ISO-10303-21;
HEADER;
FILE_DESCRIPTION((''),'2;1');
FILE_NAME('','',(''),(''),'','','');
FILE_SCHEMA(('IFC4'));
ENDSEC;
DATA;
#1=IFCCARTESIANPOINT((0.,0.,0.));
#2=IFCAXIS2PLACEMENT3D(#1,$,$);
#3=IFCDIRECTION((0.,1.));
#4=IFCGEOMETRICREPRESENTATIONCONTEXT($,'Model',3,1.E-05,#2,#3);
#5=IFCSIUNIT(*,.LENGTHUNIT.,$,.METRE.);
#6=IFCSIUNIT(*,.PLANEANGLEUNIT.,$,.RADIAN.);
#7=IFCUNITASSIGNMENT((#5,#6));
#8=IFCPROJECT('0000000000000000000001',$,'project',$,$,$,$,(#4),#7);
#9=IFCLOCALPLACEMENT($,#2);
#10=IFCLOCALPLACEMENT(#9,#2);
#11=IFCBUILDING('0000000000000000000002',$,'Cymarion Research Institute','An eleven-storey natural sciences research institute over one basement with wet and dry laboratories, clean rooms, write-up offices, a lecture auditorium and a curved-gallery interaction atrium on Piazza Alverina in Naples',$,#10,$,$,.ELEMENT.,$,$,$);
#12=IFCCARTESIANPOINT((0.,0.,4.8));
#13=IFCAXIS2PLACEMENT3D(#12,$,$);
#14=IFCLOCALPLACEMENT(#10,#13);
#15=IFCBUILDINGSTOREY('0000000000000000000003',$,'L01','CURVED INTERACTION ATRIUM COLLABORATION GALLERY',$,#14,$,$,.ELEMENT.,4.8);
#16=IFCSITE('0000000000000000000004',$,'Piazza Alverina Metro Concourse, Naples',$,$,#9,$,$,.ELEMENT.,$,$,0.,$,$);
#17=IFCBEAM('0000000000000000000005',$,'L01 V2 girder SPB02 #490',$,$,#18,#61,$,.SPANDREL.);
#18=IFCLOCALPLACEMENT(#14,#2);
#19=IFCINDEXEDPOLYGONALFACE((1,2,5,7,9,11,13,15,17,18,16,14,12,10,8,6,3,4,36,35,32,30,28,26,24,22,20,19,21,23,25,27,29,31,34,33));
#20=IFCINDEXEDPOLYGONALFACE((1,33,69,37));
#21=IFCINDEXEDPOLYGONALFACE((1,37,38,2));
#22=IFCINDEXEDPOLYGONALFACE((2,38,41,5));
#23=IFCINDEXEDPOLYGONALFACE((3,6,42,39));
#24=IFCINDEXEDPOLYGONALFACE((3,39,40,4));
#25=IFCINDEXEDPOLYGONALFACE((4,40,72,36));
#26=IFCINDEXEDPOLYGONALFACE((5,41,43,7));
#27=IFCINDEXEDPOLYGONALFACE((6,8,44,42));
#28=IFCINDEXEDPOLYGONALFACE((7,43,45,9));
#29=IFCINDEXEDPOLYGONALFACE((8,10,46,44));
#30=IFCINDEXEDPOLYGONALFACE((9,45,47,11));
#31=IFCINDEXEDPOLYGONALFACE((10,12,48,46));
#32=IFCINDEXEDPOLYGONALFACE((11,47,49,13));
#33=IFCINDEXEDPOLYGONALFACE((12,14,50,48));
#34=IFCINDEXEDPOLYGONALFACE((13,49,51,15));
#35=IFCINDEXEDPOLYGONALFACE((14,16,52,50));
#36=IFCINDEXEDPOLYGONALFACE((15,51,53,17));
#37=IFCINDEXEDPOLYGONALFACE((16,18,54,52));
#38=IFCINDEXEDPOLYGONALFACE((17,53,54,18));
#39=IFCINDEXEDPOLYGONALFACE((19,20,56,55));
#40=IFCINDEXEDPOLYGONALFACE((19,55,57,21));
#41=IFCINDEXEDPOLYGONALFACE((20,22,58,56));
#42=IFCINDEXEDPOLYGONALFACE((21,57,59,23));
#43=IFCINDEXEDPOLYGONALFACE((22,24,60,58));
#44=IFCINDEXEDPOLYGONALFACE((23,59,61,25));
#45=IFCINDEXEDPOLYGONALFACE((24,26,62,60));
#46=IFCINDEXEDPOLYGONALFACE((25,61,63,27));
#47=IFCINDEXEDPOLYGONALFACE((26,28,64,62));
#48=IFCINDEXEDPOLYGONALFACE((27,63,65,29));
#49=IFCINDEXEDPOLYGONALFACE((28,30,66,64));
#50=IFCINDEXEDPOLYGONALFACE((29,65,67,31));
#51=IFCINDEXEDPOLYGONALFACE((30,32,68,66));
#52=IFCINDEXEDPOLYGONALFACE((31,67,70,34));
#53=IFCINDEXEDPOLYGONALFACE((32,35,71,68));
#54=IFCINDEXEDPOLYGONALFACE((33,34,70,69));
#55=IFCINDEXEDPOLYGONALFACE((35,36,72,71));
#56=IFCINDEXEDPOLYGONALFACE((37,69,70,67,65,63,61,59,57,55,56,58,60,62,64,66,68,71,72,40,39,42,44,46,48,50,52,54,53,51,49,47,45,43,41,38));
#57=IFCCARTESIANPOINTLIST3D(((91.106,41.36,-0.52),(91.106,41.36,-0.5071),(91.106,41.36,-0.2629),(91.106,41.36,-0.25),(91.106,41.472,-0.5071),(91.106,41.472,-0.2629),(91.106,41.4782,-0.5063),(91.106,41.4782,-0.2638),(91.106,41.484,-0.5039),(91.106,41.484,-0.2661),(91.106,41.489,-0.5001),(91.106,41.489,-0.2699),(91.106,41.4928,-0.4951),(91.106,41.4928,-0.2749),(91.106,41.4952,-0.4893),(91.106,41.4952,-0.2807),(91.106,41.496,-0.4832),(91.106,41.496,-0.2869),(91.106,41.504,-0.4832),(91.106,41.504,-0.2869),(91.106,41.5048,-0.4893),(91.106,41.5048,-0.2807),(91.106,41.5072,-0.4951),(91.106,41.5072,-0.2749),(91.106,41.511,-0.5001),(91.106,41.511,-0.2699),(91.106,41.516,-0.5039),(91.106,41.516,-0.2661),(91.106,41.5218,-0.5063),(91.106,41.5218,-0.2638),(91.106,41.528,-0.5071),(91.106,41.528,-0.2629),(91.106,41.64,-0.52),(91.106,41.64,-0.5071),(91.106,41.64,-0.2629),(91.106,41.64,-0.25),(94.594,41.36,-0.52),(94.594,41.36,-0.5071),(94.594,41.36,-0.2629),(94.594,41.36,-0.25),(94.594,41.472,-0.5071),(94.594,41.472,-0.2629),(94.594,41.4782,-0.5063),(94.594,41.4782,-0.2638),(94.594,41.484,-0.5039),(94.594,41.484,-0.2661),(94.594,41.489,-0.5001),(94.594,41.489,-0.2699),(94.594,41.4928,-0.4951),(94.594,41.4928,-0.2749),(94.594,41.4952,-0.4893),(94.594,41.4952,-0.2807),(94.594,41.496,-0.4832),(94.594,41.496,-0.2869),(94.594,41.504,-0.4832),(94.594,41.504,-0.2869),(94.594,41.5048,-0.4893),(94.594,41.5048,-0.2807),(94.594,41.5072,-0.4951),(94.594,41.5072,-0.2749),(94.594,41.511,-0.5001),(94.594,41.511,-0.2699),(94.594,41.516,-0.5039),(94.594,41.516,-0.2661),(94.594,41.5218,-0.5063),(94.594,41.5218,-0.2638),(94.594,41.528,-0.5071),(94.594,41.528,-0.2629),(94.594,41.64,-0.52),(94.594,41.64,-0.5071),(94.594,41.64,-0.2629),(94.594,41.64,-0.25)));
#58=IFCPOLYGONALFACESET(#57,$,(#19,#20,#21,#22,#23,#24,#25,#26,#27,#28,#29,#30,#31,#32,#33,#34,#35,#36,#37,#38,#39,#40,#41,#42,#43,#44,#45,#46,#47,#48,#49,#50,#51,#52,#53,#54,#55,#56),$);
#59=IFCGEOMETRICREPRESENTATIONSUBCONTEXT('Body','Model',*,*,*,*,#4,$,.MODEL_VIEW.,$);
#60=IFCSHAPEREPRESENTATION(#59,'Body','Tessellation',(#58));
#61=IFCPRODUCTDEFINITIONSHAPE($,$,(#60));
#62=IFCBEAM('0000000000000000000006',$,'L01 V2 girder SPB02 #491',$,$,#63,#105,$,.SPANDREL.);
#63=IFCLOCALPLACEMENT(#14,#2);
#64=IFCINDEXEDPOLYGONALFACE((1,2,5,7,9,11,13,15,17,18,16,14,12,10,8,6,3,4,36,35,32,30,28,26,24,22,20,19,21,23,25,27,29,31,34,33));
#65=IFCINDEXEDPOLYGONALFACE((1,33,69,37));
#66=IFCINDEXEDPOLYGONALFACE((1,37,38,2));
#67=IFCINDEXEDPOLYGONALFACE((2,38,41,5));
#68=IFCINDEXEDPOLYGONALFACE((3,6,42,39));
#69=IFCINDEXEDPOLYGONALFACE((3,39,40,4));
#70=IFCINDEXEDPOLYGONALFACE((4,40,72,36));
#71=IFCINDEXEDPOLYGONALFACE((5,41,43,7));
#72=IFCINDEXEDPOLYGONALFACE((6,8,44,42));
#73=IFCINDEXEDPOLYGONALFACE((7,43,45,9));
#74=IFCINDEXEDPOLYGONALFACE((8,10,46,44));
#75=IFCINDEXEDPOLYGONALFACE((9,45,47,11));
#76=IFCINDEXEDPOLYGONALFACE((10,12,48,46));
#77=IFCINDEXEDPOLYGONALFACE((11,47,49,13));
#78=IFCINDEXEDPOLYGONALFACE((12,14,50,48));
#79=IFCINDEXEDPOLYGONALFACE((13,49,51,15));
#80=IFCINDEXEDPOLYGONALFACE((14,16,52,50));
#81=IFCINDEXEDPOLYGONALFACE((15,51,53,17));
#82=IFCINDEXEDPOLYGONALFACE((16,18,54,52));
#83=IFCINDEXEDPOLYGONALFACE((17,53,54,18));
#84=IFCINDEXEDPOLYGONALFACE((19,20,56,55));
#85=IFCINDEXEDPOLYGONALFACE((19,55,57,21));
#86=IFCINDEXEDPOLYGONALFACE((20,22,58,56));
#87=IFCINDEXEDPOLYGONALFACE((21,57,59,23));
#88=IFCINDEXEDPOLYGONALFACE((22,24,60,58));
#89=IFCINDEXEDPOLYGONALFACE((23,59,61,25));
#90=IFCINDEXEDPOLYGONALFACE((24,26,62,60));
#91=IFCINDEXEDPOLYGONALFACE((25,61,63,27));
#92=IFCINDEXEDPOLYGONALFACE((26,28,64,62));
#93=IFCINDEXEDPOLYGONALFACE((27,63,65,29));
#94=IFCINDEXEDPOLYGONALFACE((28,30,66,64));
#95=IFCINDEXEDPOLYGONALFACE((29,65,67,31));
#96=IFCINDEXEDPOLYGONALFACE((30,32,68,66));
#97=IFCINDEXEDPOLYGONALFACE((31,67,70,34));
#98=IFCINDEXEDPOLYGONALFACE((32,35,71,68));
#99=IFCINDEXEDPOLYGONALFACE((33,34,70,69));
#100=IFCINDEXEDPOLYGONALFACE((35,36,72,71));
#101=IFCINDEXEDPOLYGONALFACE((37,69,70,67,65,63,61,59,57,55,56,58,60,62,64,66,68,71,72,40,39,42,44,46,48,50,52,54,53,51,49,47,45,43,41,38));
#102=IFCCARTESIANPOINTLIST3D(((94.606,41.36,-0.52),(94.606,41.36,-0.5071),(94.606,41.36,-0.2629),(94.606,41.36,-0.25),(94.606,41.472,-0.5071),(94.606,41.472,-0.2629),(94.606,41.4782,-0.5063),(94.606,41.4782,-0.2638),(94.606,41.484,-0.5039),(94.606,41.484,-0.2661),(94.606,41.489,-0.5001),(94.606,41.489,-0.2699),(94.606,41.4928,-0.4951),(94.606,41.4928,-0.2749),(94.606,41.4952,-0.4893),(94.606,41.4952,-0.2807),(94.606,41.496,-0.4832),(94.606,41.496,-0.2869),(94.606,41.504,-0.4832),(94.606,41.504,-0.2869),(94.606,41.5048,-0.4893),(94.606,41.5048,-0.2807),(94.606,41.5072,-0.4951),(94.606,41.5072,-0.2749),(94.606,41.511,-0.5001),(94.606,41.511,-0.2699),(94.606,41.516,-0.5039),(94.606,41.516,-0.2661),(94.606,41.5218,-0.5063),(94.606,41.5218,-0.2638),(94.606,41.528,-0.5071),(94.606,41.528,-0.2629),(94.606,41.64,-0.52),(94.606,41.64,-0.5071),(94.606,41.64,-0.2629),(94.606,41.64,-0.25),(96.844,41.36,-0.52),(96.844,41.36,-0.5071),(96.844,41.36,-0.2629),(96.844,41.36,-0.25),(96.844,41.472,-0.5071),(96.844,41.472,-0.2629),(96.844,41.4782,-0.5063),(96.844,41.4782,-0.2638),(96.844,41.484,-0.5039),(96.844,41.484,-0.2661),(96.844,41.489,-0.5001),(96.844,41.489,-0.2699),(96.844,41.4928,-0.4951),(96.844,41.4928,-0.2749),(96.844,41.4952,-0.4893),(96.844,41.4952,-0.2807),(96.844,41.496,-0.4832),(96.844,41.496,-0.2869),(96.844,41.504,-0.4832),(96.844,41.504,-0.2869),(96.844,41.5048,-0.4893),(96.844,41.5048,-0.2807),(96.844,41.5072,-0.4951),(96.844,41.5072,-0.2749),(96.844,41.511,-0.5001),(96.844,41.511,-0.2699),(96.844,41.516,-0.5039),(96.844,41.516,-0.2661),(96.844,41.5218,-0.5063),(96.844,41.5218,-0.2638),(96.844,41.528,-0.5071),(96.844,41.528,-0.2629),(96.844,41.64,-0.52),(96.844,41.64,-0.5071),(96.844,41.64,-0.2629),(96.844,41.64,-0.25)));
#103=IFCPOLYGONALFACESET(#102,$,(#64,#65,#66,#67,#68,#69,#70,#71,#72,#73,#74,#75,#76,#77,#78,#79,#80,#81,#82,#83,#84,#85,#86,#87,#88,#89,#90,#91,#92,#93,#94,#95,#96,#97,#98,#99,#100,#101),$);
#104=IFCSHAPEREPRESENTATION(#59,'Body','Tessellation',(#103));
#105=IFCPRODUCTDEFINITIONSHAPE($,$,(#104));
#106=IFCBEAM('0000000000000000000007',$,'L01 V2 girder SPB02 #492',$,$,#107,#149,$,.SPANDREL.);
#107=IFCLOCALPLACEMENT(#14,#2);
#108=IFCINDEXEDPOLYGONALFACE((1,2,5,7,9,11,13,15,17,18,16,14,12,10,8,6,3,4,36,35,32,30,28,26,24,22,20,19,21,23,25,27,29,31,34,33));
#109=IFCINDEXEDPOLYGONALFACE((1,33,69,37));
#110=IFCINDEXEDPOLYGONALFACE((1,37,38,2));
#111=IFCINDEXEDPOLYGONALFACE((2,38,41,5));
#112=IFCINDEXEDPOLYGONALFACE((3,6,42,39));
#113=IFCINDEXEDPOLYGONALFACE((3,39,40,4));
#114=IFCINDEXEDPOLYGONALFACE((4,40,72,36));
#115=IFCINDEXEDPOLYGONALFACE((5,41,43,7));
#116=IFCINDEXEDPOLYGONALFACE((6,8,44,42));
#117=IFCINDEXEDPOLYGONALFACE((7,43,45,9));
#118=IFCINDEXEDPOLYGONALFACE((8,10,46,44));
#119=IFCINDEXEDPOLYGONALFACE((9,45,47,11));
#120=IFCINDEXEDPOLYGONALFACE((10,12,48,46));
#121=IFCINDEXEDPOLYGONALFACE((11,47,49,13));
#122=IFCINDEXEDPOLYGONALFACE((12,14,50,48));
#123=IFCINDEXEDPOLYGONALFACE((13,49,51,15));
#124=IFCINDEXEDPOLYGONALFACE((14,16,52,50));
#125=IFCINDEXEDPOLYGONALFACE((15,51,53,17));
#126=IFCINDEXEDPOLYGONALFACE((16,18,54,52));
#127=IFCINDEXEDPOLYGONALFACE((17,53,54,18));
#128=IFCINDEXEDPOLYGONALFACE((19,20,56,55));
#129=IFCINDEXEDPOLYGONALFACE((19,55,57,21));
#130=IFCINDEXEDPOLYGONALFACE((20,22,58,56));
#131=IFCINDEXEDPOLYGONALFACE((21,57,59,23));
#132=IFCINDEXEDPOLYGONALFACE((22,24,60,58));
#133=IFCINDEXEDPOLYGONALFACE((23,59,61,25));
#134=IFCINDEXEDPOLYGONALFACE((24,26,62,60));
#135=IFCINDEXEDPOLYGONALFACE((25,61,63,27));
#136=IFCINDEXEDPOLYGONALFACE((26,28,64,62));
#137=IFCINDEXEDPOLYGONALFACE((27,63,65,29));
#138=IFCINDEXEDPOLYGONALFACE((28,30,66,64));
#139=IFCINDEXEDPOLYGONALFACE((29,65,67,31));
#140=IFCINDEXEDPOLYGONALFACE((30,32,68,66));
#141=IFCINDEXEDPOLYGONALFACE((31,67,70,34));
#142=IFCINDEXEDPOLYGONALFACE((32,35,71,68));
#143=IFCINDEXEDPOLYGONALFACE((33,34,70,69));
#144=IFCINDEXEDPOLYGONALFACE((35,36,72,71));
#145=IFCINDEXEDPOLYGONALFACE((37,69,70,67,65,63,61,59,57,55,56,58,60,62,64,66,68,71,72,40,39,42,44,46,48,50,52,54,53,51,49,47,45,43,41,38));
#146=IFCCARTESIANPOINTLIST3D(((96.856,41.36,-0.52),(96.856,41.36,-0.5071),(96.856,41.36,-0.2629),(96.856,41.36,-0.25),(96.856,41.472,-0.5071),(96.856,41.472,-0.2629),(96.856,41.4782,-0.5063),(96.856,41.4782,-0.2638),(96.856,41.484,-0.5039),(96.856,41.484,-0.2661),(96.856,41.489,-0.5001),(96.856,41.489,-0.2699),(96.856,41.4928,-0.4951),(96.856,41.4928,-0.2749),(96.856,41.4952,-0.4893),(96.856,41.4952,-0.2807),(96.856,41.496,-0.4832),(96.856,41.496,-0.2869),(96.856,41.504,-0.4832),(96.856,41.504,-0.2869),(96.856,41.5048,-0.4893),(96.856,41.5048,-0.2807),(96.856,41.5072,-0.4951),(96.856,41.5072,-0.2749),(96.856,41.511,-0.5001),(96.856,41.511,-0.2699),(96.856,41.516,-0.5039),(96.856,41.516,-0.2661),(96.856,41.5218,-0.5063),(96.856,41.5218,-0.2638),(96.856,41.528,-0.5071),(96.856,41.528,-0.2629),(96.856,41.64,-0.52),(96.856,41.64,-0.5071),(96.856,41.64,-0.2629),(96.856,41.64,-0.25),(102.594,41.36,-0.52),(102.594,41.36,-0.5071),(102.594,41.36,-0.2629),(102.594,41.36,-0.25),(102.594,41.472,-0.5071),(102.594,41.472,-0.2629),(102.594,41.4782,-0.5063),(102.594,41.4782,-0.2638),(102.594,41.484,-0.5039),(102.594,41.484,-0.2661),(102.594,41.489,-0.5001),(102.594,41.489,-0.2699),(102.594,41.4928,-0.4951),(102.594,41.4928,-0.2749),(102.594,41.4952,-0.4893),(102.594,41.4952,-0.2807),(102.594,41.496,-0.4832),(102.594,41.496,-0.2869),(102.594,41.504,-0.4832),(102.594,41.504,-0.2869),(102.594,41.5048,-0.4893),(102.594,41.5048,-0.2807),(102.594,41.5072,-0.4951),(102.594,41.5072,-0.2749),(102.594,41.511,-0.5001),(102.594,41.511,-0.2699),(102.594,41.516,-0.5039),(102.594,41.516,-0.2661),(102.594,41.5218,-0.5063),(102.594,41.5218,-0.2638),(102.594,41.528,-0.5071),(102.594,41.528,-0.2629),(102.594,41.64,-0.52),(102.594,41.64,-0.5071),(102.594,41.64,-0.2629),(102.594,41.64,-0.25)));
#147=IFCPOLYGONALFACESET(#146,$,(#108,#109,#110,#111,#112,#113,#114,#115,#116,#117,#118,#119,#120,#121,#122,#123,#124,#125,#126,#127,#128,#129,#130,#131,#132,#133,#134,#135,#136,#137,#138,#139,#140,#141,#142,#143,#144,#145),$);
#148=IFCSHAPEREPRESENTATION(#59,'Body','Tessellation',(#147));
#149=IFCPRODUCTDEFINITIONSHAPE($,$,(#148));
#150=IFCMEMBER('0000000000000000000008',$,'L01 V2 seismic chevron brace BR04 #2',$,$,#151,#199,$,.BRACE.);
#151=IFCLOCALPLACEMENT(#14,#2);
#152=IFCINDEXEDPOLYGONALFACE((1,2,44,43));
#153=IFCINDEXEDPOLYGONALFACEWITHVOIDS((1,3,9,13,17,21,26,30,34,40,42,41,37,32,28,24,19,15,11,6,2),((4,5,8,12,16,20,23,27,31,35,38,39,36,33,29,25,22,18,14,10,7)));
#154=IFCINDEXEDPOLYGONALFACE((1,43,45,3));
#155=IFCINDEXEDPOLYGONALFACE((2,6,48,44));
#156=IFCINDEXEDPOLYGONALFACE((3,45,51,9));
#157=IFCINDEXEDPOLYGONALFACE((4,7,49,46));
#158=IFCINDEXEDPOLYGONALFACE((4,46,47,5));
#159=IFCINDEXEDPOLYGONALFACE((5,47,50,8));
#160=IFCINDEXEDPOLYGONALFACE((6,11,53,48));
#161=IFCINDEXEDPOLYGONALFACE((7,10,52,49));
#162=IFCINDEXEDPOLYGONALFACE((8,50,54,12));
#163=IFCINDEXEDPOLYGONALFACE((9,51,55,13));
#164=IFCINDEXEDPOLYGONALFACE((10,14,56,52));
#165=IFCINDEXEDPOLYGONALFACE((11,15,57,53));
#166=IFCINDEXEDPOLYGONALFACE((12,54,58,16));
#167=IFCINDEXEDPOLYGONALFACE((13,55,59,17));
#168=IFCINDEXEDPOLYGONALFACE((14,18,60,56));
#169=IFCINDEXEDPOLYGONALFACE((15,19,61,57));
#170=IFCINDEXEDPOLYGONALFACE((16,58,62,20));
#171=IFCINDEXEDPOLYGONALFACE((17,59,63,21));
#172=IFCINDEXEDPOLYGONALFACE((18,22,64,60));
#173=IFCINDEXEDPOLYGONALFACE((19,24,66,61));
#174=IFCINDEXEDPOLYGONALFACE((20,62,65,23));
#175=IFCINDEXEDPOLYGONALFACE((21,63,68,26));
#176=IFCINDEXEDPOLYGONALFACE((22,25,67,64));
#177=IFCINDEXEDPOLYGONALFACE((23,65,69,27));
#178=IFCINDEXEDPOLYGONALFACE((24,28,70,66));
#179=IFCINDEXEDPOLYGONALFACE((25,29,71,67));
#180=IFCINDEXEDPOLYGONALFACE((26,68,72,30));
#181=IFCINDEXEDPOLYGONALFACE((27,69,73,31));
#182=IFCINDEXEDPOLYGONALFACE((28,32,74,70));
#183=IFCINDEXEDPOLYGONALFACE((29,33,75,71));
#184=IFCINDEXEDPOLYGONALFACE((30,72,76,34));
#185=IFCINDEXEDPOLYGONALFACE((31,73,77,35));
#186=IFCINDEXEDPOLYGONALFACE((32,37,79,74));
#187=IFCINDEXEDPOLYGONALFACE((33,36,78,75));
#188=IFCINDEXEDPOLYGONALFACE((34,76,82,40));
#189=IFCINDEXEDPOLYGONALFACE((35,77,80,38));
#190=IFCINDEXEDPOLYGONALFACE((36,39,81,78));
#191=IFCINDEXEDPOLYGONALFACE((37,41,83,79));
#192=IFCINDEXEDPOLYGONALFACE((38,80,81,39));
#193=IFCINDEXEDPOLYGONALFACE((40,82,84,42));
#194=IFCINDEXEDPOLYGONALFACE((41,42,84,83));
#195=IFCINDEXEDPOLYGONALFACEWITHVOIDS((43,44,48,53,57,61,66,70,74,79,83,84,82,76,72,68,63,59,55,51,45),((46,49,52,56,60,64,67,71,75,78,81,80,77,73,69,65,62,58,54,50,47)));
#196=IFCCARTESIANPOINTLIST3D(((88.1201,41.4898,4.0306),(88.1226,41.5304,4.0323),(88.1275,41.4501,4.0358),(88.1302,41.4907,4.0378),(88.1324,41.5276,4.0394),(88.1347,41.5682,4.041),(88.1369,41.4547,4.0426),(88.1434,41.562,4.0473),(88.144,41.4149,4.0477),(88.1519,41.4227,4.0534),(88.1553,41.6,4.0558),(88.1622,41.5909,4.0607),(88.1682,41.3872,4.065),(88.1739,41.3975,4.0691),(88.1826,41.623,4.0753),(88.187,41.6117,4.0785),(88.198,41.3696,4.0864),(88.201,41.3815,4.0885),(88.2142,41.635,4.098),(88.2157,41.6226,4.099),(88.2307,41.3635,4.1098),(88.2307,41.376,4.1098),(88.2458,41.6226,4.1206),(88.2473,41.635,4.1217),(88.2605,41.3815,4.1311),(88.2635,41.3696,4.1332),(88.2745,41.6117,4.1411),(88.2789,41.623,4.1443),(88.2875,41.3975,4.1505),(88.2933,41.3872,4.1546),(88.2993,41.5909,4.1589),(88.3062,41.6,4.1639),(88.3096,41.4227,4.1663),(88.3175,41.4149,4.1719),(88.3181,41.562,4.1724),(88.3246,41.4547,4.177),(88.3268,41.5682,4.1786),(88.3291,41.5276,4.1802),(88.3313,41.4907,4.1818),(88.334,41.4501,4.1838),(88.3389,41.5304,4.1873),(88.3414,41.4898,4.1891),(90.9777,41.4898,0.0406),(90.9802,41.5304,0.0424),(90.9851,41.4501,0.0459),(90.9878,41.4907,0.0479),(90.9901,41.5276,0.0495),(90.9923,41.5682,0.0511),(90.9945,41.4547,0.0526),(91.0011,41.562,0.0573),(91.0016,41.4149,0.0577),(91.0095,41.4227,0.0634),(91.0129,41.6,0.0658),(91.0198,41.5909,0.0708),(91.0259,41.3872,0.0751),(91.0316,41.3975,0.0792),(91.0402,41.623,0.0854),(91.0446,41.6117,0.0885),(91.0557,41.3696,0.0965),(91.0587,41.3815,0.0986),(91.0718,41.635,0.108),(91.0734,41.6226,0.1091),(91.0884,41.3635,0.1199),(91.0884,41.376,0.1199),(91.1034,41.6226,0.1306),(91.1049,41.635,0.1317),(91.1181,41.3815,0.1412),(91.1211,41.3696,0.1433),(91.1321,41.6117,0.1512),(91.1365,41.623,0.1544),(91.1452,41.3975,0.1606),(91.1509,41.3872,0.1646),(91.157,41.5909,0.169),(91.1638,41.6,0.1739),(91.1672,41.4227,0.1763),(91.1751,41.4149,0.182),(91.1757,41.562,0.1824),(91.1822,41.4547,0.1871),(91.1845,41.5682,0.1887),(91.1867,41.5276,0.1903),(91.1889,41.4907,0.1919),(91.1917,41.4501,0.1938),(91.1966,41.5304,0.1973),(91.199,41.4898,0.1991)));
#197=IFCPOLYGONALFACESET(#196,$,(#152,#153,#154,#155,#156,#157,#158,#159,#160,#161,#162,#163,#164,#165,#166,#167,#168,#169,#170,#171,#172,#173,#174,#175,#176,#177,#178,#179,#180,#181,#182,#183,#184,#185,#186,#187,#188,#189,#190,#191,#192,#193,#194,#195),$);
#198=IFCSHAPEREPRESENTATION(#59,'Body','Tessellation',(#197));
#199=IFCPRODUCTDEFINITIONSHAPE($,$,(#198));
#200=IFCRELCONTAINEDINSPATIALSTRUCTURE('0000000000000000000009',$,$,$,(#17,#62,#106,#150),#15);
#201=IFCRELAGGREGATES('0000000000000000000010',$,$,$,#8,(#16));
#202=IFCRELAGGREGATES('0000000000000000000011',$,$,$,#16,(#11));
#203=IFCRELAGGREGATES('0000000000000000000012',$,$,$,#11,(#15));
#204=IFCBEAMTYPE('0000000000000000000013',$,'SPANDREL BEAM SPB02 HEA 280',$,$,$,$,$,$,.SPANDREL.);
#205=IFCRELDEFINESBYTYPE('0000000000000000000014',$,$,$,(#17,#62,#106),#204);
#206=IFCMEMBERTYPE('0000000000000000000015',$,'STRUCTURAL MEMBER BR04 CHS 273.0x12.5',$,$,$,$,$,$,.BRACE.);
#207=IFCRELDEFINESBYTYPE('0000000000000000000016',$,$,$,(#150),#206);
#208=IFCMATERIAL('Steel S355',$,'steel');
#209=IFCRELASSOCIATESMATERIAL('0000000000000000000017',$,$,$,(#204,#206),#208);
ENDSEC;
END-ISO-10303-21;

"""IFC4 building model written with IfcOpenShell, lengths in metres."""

from ifc_helpers import new_model, si_unit, direction, frame, origin, origin_2d, place, context, subcontext, project, spatial, hollow_circle, i_section, extrude, material, material_profile, profile_set, type_object, element, save


model = new_model("IFC4")

# Units and contexts
model_context = context("Model", 3, precision=1e-05, world=origin(), true_north=direction((0.0, 1.0)))
body_context = subcontext(model_context, "Body", "Model", "MODEL_VIEW")
ifc_project = project(units=[si_unit("LENGTHUNIT", "METRE"), si_unit("PLANEANGLEUNIT", "RADIAN")], contexts=[model_context])

# Site, building, storey
site_placement = place(None, origin())
site = spatial("IfcSite", under=ifc_project, at=site_placement, Name="Piazza Alverina Metro Concourse, Naples", CompositionType="ELEMENT", RefElevation=0.0)
building_placement = place(site_placement, origin())
building = spatial("IfcBuilding", under=site, at=building_placement, Name="Cymarion Research Institute", Description="An eleven-storey natural sciences research institute over one basement with wet and dry laboratories, clean rooms, write-up offices, a lecture auditorium and a curved-gallery interaction atrium on Piazza Alverina in Naples", CompositionType="ELEMENT")
storey_placement = place(building_placement, frame((0.0, 0.0, 4.8)))
storey = spatial("IfcBuildingStorey", under=building, at=storey_placement, Name="L01", Description="CURVED INTERACTION ATRIUM COLLABORATION GALLERY", CompositionType="ELEMENT", Elevation=4.8)

# Shared definitions
ifc_material_1 = material(Name="Steel S355", Category="steel")

# Beams
ifc_material_profile_1 = material_profile(ifc_material_1, i_section(OverallWidth=0.28, OverallDepth=0.27, WebThickness=0.0081, FlangeThickness=0.0129, FilletRadius=0.0239, at=origin_2d()), Name="HEA 280")
ifc_profile_set_1 = profile_set([ifc_material_profile_1], Name="Steel S355")
beam_type = type_object("IfcBeamType", Name="SPANDREL BEAM SPB02 HEA 280", PredefinedType="SPANDREL", material=ifc_profile_set_1)
beam_1_placement = place(storey_placement, frame((91.106, 41.5, -0.385), z_axis=(1.0, 0.0, 0.0), x_axis=(0.0, 1.0, 0.0)))
element("IfcBeam", 1, at=beam_1_placement, inside=storey, type_object=beam_type, Name="L01 V2 girder SPB02 #490", PredefinedType="SPANDREL", context=body_context, shape_type="SweptSolid", body=[
    extrude(i_section(OverallWidth=0.28, OverallDepth=0.27, WebThickness=0.0081, FlangeThickness=0.0129, FilletRadius=0.0239, at=origin_2d()), origin(), (0.0, 0.0, 1.0), 3.488),
])
beam_2_placement = place(storey_placement, frame((94.606, 41.5, -0.385), z_axis=(1.0, 0.0, 0.0), x_axis=(0.0, 1.0, 0.0)))
element("IfcBeam", 2, at=beam_2_placement, inside=storey, type_object=beam_type, Name="L01 V2 girder SPB02 #491", PredefinedType="SPANDREL", context=body_context, shape_type="SweptSolid", body=[
    extrude(i_section(OverallWidth=0.28, OverallDepth=0.27, WebThickness=0.0081, FlangeThickness=0.0129, FilletRadius=0.0239, at=origin_2d()), origin(), (0.0, 0.0, 1.0), 2.238),
])
beam_3_placement = place(storey_placement, frame((96.856, 41.5, -0.385), z_axis=(1.0, 0.0, 0.0), x_axis=(0.0, 1.0, 0.0)))
element("IfcBeam", 3, at=beam_3_placement, inside=storey, type_object=beam_type, Name="L01 V2 girder SPB02 #492", PredefinedType="SPANDREL", context=body_context, shape_type="SweptSolid", body=[
    extrude(i_section(OverallWidth=0.28, OverallDepth=0.27, WebThickness=0.0081, FlangeThickness=0.0129, FilletRadius=0.0239, at=origin_2d()), origin(), (0.0, 0.0, 1.0), 5.738),
])

# Member
ifc_material_profile_2 = material_profile(ifc_material_1, hollow_circle(Radius=0.1365, WallThickness=0.0125, at=origin_2d()), Name="CHS 273.0x12.5")
ifc_profile_set_2 = profile_set([ifc_material_profile_2], Name="Steel S355")
member_type_1 = type_object("IfcMemberType", Name="STRUCTURAL MEMBER BR04 CHS 273.0x12.5", PredefinedType="BRACE", material=ifc_profile_set_2)
member_1_placement = place(storey_placement, frame((91.0884, 41.5, 0.1199), z_axis=(-0.582273, 0.0, 0.812993), x_axis=(0.0, -1.0, 0.0)))
element("IfcMember", 4, at=member_1_placement, inside=storey, type_object=member_type_1, Name="L01 V2 seismic chevron brace BR04 #2", PredefinedType="BRACE", context=body_context, shape_type="SweptSolid", body=[
    extrude(hollow_circle(Radius=0.1365, WallThickness=0.0125, at=origin_2d()), origin(), (0.0, 0.0, 1.0), 4.9077),
])

save(model, "model.ifc")
